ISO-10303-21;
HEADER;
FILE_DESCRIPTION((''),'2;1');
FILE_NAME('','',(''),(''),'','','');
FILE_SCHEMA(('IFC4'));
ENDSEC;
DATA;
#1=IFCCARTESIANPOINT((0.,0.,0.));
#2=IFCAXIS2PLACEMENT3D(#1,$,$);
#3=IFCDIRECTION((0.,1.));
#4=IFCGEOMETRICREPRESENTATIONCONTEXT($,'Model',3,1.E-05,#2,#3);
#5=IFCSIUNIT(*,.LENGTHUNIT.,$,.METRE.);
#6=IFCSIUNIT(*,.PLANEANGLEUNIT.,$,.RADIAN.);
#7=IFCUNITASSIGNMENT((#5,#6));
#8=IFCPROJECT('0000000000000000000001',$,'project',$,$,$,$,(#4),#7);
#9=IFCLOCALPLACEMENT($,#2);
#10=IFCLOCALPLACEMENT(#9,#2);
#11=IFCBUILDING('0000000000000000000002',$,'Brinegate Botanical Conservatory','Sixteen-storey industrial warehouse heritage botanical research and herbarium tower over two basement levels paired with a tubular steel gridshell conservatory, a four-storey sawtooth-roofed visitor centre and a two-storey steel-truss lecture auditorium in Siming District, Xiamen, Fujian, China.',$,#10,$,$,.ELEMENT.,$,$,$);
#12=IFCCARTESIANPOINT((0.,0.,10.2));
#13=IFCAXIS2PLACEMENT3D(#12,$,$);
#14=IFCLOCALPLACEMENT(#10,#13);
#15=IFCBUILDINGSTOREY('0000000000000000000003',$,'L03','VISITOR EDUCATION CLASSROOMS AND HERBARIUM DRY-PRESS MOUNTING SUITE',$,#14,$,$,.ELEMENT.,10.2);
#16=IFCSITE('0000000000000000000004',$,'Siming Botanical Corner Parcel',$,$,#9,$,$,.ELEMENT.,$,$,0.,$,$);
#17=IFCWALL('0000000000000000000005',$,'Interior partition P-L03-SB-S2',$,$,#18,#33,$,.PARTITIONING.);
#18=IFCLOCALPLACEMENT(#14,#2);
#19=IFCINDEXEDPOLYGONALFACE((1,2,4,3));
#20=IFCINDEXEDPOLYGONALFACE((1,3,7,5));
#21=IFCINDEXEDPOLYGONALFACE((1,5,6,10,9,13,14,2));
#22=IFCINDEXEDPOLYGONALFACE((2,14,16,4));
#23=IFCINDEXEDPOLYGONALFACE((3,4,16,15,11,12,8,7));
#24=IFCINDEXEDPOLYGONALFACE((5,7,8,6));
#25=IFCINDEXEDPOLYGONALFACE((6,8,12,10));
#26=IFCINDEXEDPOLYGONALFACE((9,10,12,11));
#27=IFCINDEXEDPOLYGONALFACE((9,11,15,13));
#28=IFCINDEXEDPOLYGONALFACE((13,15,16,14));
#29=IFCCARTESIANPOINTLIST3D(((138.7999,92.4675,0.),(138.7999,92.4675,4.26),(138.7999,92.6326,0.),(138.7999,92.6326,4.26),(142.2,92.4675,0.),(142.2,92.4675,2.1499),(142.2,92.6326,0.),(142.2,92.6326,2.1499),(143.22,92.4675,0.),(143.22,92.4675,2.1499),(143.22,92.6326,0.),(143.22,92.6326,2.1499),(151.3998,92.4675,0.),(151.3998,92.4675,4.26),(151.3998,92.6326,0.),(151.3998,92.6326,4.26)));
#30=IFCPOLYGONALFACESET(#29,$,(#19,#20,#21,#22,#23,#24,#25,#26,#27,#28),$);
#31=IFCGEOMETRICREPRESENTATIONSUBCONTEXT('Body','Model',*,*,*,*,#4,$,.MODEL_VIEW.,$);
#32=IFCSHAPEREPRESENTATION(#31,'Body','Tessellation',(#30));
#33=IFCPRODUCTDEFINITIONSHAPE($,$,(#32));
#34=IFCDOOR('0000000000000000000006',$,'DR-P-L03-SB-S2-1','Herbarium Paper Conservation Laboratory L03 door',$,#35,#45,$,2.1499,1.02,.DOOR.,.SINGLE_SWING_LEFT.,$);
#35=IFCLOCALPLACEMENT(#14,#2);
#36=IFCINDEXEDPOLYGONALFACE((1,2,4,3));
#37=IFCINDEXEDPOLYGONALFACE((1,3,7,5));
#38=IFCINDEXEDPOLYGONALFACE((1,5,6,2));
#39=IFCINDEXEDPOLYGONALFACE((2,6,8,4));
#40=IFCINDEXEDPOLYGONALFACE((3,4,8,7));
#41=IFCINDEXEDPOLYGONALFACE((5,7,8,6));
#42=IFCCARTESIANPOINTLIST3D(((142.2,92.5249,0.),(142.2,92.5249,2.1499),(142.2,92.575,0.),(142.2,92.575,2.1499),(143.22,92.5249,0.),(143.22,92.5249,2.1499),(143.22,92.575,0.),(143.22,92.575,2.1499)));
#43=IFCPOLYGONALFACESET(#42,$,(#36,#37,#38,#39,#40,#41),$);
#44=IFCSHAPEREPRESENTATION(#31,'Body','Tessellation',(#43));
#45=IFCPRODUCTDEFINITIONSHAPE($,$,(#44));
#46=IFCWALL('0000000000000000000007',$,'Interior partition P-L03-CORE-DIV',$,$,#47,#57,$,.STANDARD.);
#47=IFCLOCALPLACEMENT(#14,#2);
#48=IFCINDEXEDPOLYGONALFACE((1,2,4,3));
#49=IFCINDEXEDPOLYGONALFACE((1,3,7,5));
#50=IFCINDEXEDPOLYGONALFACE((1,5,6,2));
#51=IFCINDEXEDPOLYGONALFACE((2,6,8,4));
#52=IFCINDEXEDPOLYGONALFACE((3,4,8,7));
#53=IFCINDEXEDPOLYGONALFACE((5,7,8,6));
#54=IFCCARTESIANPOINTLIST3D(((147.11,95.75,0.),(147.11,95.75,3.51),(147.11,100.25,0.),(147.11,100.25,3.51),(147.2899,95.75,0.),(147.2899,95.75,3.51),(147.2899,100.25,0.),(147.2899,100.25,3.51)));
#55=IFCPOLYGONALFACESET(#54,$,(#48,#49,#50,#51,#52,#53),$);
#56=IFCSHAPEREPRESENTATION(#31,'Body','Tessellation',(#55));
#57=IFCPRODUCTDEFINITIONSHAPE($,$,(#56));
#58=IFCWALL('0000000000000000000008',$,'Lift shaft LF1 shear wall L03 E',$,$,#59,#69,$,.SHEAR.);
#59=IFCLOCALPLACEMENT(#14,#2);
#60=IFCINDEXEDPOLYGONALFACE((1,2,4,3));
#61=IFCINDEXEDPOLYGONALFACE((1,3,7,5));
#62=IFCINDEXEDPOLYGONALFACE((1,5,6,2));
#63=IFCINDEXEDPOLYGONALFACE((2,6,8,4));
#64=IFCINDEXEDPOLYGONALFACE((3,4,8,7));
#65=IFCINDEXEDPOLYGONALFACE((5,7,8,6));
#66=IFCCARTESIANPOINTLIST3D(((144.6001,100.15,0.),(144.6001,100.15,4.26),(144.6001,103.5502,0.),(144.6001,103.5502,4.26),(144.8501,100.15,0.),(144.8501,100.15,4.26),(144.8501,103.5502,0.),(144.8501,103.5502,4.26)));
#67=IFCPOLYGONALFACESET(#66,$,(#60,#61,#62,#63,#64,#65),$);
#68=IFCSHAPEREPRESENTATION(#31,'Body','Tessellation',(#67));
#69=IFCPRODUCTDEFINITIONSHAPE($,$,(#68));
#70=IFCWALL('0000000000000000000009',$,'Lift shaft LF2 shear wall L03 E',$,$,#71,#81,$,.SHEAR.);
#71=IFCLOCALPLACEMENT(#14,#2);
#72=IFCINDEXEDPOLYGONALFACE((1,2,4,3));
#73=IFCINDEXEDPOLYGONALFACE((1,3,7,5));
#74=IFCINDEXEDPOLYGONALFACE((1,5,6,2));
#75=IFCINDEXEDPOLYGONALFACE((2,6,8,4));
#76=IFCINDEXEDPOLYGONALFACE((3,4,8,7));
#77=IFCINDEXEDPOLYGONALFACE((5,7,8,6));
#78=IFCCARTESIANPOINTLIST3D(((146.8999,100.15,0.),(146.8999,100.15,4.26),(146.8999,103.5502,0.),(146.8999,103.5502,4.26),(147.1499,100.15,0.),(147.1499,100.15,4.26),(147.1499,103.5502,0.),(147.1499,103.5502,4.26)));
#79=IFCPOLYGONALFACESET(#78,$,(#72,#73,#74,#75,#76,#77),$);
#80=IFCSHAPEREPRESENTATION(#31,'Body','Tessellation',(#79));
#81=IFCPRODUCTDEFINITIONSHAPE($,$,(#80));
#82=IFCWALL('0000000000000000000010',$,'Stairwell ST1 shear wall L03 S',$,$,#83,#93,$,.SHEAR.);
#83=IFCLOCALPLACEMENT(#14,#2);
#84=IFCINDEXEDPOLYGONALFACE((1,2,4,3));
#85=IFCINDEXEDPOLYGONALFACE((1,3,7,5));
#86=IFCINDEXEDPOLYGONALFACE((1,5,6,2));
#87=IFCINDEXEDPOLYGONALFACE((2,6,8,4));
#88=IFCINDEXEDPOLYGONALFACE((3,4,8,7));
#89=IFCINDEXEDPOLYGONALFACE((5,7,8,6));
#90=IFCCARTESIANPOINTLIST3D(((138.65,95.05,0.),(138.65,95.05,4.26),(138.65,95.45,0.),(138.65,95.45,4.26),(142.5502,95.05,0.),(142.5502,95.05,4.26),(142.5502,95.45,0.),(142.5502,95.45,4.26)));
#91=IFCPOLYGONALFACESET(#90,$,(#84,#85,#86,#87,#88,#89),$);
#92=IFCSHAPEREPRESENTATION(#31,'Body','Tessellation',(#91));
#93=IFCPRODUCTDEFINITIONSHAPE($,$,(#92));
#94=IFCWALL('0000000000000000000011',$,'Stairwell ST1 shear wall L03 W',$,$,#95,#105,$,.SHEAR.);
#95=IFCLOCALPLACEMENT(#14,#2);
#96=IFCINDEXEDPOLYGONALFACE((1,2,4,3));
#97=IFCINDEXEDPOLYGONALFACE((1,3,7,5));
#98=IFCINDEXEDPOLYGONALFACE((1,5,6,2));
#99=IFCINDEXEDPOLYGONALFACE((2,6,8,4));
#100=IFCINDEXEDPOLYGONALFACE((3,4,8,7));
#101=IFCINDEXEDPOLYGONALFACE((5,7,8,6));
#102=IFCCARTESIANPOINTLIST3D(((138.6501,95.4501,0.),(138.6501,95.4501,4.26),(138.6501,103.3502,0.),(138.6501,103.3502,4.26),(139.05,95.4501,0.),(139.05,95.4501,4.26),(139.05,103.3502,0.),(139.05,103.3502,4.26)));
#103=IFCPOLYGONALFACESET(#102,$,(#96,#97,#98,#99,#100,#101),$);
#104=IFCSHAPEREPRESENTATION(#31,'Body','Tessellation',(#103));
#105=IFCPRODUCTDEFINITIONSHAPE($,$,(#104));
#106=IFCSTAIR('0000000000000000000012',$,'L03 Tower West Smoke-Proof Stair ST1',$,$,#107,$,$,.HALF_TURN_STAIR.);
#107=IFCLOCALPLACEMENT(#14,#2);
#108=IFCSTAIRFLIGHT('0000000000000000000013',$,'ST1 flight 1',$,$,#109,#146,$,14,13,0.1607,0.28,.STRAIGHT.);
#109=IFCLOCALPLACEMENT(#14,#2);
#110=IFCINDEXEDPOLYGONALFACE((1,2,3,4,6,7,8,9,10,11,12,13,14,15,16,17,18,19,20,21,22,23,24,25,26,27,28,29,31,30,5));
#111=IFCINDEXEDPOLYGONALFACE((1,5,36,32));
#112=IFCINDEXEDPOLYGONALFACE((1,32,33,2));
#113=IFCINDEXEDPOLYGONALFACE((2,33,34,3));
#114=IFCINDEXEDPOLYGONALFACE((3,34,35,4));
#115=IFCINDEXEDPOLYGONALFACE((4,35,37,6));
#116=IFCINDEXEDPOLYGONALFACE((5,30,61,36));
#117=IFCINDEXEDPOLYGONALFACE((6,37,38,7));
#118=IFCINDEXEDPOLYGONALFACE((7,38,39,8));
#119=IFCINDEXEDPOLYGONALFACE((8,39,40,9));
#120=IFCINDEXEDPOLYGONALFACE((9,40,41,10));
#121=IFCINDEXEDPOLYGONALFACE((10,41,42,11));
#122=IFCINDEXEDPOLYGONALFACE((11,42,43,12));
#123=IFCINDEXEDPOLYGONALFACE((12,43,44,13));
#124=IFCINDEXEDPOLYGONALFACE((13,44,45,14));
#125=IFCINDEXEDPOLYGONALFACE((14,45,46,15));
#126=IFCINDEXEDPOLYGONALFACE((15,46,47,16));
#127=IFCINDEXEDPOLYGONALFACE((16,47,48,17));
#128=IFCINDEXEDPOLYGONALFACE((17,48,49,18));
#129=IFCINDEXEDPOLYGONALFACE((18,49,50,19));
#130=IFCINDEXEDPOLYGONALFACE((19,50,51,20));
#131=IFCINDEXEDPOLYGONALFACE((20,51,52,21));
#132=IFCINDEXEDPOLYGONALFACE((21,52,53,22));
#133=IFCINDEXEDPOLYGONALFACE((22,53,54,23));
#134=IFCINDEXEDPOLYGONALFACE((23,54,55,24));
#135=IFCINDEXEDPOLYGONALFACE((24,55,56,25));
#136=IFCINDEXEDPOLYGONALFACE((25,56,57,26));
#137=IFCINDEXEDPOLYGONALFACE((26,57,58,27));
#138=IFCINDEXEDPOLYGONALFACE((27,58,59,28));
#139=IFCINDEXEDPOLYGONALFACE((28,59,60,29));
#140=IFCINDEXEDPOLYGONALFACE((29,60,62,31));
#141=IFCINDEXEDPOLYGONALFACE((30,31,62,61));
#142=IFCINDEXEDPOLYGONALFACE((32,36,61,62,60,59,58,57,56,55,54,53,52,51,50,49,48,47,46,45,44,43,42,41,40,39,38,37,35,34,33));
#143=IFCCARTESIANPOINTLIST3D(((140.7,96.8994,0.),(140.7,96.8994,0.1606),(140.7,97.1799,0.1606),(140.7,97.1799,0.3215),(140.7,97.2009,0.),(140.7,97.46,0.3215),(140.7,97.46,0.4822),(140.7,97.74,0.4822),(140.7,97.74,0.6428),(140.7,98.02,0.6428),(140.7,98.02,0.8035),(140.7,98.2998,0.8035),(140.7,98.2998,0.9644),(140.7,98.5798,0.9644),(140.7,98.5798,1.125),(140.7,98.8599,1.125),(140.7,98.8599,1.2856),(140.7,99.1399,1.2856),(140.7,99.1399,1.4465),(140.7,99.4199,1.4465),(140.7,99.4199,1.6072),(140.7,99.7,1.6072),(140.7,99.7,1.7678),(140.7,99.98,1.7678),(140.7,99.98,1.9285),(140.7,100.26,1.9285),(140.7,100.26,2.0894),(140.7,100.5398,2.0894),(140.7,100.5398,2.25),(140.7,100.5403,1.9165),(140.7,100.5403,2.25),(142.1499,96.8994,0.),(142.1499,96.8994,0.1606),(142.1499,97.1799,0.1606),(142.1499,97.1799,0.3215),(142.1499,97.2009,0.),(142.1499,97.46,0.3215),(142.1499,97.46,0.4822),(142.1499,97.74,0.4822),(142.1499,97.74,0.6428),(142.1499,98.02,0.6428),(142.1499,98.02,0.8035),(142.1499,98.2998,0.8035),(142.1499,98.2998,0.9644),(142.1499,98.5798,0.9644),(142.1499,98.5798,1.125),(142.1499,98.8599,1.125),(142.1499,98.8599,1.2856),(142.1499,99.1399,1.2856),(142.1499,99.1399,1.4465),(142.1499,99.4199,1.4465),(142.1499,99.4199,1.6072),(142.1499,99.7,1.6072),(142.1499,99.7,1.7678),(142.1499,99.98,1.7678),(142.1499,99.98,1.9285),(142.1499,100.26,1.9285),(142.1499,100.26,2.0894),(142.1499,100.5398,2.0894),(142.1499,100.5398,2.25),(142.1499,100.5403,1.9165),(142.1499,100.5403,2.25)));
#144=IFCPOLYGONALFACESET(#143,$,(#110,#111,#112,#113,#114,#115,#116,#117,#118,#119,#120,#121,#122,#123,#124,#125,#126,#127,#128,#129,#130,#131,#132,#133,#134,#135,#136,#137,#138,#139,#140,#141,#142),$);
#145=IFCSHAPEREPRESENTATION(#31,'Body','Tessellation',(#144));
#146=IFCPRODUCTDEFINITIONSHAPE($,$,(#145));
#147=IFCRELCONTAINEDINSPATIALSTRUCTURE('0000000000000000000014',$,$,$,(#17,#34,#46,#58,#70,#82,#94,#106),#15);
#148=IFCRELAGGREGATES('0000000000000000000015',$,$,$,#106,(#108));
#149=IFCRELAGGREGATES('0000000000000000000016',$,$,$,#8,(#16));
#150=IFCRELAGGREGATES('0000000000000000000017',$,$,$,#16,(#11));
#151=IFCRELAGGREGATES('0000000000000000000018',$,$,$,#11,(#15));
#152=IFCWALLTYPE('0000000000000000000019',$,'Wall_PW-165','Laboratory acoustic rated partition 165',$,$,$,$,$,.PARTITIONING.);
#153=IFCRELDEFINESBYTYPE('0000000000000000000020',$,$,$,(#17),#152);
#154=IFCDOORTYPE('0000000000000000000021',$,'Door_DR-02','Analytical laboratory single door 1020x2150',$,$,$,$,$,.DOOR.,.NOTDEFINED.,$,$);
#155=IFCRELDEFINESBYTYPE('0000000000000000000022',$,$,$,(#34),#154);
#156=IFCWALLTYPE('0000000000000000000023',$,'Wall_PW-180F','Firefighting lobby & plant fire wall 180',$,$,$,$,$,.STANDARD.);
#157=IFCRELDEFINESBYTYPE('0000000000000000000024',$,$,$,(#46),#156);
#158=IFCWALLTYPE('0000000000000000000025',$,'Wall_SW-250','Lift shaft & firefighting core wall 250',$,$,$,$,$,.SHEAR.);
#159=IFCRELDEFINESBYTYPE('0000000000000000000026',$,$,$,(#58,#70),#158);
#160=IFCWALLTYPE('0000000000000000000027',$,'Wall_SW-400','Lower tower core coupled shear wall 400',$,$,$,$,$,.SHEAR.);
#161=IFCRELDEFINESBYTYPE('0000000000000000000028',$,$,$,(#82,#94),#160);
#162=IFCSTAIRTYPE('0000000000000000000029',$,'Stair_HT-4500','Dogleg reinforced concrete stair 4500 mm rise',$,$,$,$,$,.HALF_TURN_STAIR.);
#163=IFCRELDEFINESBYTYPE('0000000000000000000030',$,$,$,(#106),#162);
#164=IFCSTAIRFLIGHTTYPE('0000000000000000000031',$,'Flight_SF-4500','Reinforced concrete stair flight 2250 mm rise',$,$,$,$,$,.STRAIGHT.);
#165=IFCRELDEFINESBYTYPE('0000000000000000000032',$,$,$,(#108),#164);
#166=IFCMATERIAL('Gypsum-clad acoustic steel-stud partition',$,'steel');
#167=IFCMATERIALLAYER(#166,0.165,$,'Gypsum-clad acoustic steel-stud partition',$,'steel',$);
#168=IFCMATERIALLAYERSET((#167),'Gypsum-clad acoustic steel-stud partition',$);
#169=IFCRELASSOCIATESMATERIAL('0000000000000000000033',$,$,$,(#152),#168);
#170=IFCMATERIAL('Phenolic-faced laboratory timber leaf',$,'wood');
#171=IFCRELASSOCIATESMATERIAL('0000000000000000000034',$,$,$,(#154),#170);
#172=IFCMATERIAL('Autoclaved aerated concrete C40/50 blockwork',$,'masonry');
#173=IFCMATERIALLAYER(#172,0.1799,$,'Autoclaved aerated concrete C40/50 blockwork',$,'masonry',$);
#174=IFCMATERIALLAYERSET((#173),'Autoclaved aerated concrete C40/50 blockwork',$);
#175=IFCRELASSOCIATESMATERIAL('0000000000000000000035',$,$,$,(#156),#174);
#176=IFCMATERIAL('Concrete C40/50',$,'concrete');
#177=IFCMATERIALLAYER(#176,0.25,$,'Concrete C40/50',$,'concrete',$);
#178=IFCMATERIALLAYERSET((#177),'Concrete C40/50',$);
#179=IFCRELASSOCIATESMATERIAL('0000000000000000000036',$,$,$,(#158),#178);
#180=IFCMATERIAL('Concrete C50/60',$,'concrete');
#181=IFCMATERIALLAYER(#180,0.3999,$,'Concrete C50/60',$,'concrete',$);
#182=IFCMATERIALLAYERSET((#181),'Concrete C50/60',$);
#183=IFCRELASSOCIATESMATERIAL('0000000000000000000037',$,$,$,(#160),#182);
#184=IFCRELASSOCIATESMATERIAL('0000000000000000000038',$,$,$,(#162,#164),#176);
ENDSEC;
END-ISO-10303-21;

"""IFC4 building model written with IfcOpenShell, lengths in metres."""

from ifc_helpers import new_model, si_unit, direction, frame, frame_2d, origin, place, context, subcontext, project, spatial, polyline, rectangle, outline, extrude, material, layer, layer_set, type_object, element, fill, aggregate, save


model = new_model("IFC4")

# Units and contexts
model_context = context("Model", 3, precision=1e-05, world=origin(), true_north=direction((0.0, 1.0)))
body_context = subcontext(model_context, "Body", "Model", "MODEL_VIEW")
ifc_project = project(units=[si_unit("LENGTHUNIT", "METRE"), si_unit("PLANEANGLEUNIT", "RADIAN")], contexts=[model_context])

# Site, building, storey
site_placement = place(None, origin())
site = spatial("IfcSite", under=ifc_project, at=site_placement, Name="Siming Botanical Corner Parcel", CompositionType="ELEMENT", RefElevation=0.0)
building_placement = place(site_placement, origin())
building = spatial("IfcBuilding", under=site, at=building_placement, Name="Brinegate Botanical Conservatory", Description="Sixteen-storey industrial warehouse heritage botanical research and herbarium tower over two basement levels paired with a tubular steel gridshell conservatory, a four-storey sawtooth-roofed visitor centre and a two-storey steel-truss lecture auditorium in Siming District, Xiamen, Fujian, China.", CompositionType="ELEMENT")
storey_placement = place(building_placement, frame((0.0, 0.0, 10.2)))
storey = spatial("IfcBuildingStorey", under=building, at=storey_placement, Name="L03", Description="VISITOR EDUCATION CLASSROOMS AND HERBARIUM DRY-PRESS MOUNTING SUITE", CompositionType="ELEMENT", Elevation=10.2)

# Shared definitions
ifc_material_1 = material(Name="Concrete C50/60", Category="concrete")

# Shared definitions
ifc_material_2 = material(Name="Concrete C40/50", Category="concrete")

# Wall, opening, door
ifc_material_3 = material(Name="Gypsum-clad acoustic steel-stud partition", Category="steel")
ifc_layer_1 = layer(ifc_material_3, 0.165, Name="Gypsum-clad acoustic steel-stud partition", Category="steel")
ifc_layer_set_1 = layer_set([ifc_layer_1], Name="Gypsum-clad acoustic steel-stud partition")
wall_type_1 = type_object("IfcWallType", Name="Wall_PW-165", Description="Laboratory acoustic rated partition 165", PredefinedType="PARTITIONING", material=ifc_layer_set_1)
wall_1_placement = place(storey_placement, frame((138.8, 92.55, 0.0), z_axis=(0.0, 0.0, 1.0), x_axis=(1.0, 0.0, 0.0)))
wall_1 = element("IfcWall", 1, at=wall_1_placement, inside=storey, type_object=wall_type_1, Name="Interior partition P-L03-SB-S2", PredefinedType="PARTITIONING", context=body_context, shape_type="SweptSolid", body=[
    extrude(rectangle(XDim=12.5999, YDim=0.165, at=frame_2d((6.2998, 0.0))), origin(), (0.0, 0.0, 1.0), 4.26),
])
opening_1_placement = place(wall_1_placement, frame((3.3999, 0.0, 0.0)))
opening_1 = element("IfcOpeningElement", 2, at=opening_1_placement, cuts=wall_1, PredefinedType="OPENING", context=body_context, shape_type="SweptSolid", body=[
    extrude(rectangle(XDim=1.02, YDim=2.1499, at=frame_2d((0.51, 1.075))), frame((0.0, 0.0925, 0.0), z_axis=(0.0, -1.0, 0.0), x_axis=(1.0, 0.0, 0.0)), (0.0, 0.0, 1.0), 0.1851),
])
ifc_material_4 = material(Name="Phenolic-faced laboratory timber leaf", Category="wood")
door_type_1 = type_object("IfcDoorType", Name="Door_DR-02", Description="Analytical laboratory single door 1020x2150", OperationType="NOTDEFINED", PredefinedType="DOOR", material=ifc_material_4)
door_1_placement = place(opening_1_placement, origin())
door_1 = element("IfcDoor", 3, at=door_1_placement, inside=storey, type_object=door_type_1, Name="DR-P-L03-SB-S2-1", Description="Herbarium Paper Conservation Laboratory L03 door", OperationType="SINGLE_SWING_LEFT", OverallHeight=2.1499, OverallWidth=1.02, PredefinedType="DOOR", context=body_context, shape_type="SweptSolid", body=[
    extrude(rectangle(XDim=1.02, YDim=2.1499, at=frame_2d((0.51, 1.075))), frame((0.0, 0.0249, 0.0), z_axis=(0.0, -1.0, 0.0), x_axis=(1.0, 0.0, 0.0)), (0.0, 0.0, 1.0), 0.05),
])
fill(opening_1, door_1)
ifc_material_5 = material(Name="Autoclaved aerated concrete C40/50 blockwork", Category="masonry")
ifc_layer_2 = layer(ifc_material_5, 0.1799, Name="Autoclaved aerated concrete C40/50 blockwork", Category="masonry")
ifc_layer_set_2 = layer_set([ifc_layer_2], Name="Autoclaved aerated concrete C40/50 blockwork")
wall_type_2 = type_object("IfcWallType", Name="Wall_PW-180F", Description="Firefighting lobby & plant fire wall 180", PredefinedType="STANDARD", material=ifc_layer_set_2)

# Wall
wall_2_placement = place(storey_placement, frame((147.2, 95.75, 0.0), z_axis=(0.0, 0.0, 1.0), x_axis=(0.0, 1.0, 0.0)))
element("IfcWall", 4, at=wall_2_placement, inside=storey, type_object=wall_type_2, Name="Interior partition P-L03-CORE-DIV", PredefinedType="STANDARD", context=body_context, shape_type="SweptSolid", body=[
    extrude(rectangle(XDim=4.5, YDim=0.1799, at=frame_2d((2.25, 0.0))), origin(), (0.0, 0.0, 1.0), 3.51),
])

# Shared definitions
ifc_layer_3 = layer(ifc_material_2, 0.25, Name="Concrete C40/50", Category="concrete")
ifc_layer_set_3 = layer_set([ifc_layer_3], Name="Concrete C40/50")
wall_type_3 = type_object("IfcWallType", Name="Wall_SW-250", Description="Lift shaft & firefighting core wall 250", PredefinedType="SHEAR", material=ifc_layer_set_3)

# Walls
for number, where, z_axis, x_axis, name in (
    (5, (144.7251, 100.1499, 0.0), (0.0, 0.0, 1.0), (0.0, 1.0, 0.0), "Lift shaft LF1 shear wall L03 E"),
    (6, (147.0249, 100.1499, 0.0), (0.0, 0.0, 1.0), (0.0, 1.0, 0.0), "Lift shaft LF2 shear wall L03 E"),
):
    element("IfcWall", number, at=place(storey_placement, frame(where, z_axis=z_axis, x_axis=x_axis)), inside=storey, type_object=wall_type_3, Name=name, PredefinedType="SHEAR", context=body_context, shape_type="SweptSolid", body=[
        extrude(rectangle(XDim=3.4001, YDim=0.25, at=frame_2d((1.7002, 0.0))), origin(), (0.0, 0.0, 1.0), 4.26),
    ])
ifc_layer_4 = layer(ifc_material_1, 0.3999, Name="Concrete C50/60", Category="concrete")
ifc_layer_set_4 = layer_set([ifc_layer_4], Name="Concrete C50/60")
wall_type_4 = type_object("IfcWallType", Name="Wall_SW-400", Description="Lower tower core coupled shear wall 400", PredefinedType="SHEAR", material=ifc_layer_set_4)
wall_3_placement = place(storey_placement, frame((138.6499, 95.25, 0.0), z_axis=(0.0, 0.0, 1.0), x_axis=(1.0, 0.0, 0.0)))
element("IfcWall", 7, at=wall_3_placement, inside=storey, type_object=wall_type_4, Name="Stairwell ST1 shear wall L03 S", PredefinedType="SHEAR", context=body_context, shape_type="SweptSolid", body=[
    extrude(rectangle(XDim=3.9001, YDim=0.3999, at=frame_2d((1.9502, 0.0))), origin(), (0.0, 0.0, 1.0), 4.26),
])
wall_4_placement = place(storey_placement, frame((138.8501, 95.45, 0.0), z_axis=(0.0, 0.0, 1.0), x_axis=(0.0, 1.0, 0.0)))
element("IfcWall", 8, at=wall_4_placement, inside=storey, type_object=wall_type_4, Name="Stairwell ST1 shear wall L03 W", PredefinedType="SHEAR", context=body_context, shape_type="SweptSolid", body=[
    extrude(rectangle(XDim=7.9001, YDim=0.3999, at=frame_2d((3.9502, 0.0))), origin(), (0.0, 0.0, 1.0), 4.26),
])

# Stair, stair flight
stair_type = type_object("IfcStairType", Name="Stair_HT-4500", Description="Dogleg reinforced concrete stair 4500 mm rise", PredefinedType="HALF_TURN_STAIR", material=ifc_material_2)
stair_placement = place(storey_placement, origin())
stair = element("IfcStair", 9, at=stair_placement, inside=storey, type_object=stair_type, Name="L03 Tower West Smoke-Proof Stair ST1", PredefinedType="HALF_TURN_STAIR")
stair_flight_type = type_object("IfcStairFlightType", Name="Flight_SF-4500", Description="Reinforced concrete stair flight 2250 mm rise", PredefinedType="STRAIGHT", material=ifc_material_2)
stair_flight_placement = place(storey_placement, frame((141.425, 96.8999, 0.0), z_axis=(0.0, 0.0, 1.0), x_axis=(0.0, 1.0, 0.0)))
stair_flight = element("IfcStairFlight", 10, at=stair_flight_placement, type_object=stair_flight_type, Name="ST1 flight 1", NumberOfRisers=14, NumberOfTreads=13, PredefinedType="STRAIGHT", RiserHeight=0.1607, TreadLength=0.28, context=body_context, shape_type="SweptSolid", body=[
    extrude(outline(polyline([(-0.0005, 0.0), (-0.0005, 0.1606), (0.28, 0.1606), (0.28, 0.3215), (0.5601, 0.3215), (0.5601, 0.4822), (0.8401, 0.4822), (0.8401, 0.6428), (1.1201, 0.6428), (1.1201, 0.8035), (1.3999, 0.8035), (1.3999, 0.9644), (1.6799, 0.9644), (1.6799, 1.125), (1.96, 1.125), (1.96, 1.2856), (2.24, 1.2856), (2.24, 1.4465), (2.52, 1.4465), (2.52, 1.6072), (2.8, 1.6072), (2.8, 1.7678), (3.0801, 1.7678), (3.0801, 1.9285), (3.3601, 1.9285), (3.3601, 2.0894), (3.6399, 2.0894), (3.6399, 2.25), (3.6404, 2.25), (3.6404, 1.9165), (0.301, 0.0), (-0.0005, 0.0)])), frame((0.0, 0.7251, 0.0), z_axis=(0.0, -1.0, 0.0), x_axis=(1.0, 0.0, 0.0)), (0.0, 0.0, 1.0), 1.45),
])
aggregate(stair, [stair_flight])

save(model, "model.ifc")
